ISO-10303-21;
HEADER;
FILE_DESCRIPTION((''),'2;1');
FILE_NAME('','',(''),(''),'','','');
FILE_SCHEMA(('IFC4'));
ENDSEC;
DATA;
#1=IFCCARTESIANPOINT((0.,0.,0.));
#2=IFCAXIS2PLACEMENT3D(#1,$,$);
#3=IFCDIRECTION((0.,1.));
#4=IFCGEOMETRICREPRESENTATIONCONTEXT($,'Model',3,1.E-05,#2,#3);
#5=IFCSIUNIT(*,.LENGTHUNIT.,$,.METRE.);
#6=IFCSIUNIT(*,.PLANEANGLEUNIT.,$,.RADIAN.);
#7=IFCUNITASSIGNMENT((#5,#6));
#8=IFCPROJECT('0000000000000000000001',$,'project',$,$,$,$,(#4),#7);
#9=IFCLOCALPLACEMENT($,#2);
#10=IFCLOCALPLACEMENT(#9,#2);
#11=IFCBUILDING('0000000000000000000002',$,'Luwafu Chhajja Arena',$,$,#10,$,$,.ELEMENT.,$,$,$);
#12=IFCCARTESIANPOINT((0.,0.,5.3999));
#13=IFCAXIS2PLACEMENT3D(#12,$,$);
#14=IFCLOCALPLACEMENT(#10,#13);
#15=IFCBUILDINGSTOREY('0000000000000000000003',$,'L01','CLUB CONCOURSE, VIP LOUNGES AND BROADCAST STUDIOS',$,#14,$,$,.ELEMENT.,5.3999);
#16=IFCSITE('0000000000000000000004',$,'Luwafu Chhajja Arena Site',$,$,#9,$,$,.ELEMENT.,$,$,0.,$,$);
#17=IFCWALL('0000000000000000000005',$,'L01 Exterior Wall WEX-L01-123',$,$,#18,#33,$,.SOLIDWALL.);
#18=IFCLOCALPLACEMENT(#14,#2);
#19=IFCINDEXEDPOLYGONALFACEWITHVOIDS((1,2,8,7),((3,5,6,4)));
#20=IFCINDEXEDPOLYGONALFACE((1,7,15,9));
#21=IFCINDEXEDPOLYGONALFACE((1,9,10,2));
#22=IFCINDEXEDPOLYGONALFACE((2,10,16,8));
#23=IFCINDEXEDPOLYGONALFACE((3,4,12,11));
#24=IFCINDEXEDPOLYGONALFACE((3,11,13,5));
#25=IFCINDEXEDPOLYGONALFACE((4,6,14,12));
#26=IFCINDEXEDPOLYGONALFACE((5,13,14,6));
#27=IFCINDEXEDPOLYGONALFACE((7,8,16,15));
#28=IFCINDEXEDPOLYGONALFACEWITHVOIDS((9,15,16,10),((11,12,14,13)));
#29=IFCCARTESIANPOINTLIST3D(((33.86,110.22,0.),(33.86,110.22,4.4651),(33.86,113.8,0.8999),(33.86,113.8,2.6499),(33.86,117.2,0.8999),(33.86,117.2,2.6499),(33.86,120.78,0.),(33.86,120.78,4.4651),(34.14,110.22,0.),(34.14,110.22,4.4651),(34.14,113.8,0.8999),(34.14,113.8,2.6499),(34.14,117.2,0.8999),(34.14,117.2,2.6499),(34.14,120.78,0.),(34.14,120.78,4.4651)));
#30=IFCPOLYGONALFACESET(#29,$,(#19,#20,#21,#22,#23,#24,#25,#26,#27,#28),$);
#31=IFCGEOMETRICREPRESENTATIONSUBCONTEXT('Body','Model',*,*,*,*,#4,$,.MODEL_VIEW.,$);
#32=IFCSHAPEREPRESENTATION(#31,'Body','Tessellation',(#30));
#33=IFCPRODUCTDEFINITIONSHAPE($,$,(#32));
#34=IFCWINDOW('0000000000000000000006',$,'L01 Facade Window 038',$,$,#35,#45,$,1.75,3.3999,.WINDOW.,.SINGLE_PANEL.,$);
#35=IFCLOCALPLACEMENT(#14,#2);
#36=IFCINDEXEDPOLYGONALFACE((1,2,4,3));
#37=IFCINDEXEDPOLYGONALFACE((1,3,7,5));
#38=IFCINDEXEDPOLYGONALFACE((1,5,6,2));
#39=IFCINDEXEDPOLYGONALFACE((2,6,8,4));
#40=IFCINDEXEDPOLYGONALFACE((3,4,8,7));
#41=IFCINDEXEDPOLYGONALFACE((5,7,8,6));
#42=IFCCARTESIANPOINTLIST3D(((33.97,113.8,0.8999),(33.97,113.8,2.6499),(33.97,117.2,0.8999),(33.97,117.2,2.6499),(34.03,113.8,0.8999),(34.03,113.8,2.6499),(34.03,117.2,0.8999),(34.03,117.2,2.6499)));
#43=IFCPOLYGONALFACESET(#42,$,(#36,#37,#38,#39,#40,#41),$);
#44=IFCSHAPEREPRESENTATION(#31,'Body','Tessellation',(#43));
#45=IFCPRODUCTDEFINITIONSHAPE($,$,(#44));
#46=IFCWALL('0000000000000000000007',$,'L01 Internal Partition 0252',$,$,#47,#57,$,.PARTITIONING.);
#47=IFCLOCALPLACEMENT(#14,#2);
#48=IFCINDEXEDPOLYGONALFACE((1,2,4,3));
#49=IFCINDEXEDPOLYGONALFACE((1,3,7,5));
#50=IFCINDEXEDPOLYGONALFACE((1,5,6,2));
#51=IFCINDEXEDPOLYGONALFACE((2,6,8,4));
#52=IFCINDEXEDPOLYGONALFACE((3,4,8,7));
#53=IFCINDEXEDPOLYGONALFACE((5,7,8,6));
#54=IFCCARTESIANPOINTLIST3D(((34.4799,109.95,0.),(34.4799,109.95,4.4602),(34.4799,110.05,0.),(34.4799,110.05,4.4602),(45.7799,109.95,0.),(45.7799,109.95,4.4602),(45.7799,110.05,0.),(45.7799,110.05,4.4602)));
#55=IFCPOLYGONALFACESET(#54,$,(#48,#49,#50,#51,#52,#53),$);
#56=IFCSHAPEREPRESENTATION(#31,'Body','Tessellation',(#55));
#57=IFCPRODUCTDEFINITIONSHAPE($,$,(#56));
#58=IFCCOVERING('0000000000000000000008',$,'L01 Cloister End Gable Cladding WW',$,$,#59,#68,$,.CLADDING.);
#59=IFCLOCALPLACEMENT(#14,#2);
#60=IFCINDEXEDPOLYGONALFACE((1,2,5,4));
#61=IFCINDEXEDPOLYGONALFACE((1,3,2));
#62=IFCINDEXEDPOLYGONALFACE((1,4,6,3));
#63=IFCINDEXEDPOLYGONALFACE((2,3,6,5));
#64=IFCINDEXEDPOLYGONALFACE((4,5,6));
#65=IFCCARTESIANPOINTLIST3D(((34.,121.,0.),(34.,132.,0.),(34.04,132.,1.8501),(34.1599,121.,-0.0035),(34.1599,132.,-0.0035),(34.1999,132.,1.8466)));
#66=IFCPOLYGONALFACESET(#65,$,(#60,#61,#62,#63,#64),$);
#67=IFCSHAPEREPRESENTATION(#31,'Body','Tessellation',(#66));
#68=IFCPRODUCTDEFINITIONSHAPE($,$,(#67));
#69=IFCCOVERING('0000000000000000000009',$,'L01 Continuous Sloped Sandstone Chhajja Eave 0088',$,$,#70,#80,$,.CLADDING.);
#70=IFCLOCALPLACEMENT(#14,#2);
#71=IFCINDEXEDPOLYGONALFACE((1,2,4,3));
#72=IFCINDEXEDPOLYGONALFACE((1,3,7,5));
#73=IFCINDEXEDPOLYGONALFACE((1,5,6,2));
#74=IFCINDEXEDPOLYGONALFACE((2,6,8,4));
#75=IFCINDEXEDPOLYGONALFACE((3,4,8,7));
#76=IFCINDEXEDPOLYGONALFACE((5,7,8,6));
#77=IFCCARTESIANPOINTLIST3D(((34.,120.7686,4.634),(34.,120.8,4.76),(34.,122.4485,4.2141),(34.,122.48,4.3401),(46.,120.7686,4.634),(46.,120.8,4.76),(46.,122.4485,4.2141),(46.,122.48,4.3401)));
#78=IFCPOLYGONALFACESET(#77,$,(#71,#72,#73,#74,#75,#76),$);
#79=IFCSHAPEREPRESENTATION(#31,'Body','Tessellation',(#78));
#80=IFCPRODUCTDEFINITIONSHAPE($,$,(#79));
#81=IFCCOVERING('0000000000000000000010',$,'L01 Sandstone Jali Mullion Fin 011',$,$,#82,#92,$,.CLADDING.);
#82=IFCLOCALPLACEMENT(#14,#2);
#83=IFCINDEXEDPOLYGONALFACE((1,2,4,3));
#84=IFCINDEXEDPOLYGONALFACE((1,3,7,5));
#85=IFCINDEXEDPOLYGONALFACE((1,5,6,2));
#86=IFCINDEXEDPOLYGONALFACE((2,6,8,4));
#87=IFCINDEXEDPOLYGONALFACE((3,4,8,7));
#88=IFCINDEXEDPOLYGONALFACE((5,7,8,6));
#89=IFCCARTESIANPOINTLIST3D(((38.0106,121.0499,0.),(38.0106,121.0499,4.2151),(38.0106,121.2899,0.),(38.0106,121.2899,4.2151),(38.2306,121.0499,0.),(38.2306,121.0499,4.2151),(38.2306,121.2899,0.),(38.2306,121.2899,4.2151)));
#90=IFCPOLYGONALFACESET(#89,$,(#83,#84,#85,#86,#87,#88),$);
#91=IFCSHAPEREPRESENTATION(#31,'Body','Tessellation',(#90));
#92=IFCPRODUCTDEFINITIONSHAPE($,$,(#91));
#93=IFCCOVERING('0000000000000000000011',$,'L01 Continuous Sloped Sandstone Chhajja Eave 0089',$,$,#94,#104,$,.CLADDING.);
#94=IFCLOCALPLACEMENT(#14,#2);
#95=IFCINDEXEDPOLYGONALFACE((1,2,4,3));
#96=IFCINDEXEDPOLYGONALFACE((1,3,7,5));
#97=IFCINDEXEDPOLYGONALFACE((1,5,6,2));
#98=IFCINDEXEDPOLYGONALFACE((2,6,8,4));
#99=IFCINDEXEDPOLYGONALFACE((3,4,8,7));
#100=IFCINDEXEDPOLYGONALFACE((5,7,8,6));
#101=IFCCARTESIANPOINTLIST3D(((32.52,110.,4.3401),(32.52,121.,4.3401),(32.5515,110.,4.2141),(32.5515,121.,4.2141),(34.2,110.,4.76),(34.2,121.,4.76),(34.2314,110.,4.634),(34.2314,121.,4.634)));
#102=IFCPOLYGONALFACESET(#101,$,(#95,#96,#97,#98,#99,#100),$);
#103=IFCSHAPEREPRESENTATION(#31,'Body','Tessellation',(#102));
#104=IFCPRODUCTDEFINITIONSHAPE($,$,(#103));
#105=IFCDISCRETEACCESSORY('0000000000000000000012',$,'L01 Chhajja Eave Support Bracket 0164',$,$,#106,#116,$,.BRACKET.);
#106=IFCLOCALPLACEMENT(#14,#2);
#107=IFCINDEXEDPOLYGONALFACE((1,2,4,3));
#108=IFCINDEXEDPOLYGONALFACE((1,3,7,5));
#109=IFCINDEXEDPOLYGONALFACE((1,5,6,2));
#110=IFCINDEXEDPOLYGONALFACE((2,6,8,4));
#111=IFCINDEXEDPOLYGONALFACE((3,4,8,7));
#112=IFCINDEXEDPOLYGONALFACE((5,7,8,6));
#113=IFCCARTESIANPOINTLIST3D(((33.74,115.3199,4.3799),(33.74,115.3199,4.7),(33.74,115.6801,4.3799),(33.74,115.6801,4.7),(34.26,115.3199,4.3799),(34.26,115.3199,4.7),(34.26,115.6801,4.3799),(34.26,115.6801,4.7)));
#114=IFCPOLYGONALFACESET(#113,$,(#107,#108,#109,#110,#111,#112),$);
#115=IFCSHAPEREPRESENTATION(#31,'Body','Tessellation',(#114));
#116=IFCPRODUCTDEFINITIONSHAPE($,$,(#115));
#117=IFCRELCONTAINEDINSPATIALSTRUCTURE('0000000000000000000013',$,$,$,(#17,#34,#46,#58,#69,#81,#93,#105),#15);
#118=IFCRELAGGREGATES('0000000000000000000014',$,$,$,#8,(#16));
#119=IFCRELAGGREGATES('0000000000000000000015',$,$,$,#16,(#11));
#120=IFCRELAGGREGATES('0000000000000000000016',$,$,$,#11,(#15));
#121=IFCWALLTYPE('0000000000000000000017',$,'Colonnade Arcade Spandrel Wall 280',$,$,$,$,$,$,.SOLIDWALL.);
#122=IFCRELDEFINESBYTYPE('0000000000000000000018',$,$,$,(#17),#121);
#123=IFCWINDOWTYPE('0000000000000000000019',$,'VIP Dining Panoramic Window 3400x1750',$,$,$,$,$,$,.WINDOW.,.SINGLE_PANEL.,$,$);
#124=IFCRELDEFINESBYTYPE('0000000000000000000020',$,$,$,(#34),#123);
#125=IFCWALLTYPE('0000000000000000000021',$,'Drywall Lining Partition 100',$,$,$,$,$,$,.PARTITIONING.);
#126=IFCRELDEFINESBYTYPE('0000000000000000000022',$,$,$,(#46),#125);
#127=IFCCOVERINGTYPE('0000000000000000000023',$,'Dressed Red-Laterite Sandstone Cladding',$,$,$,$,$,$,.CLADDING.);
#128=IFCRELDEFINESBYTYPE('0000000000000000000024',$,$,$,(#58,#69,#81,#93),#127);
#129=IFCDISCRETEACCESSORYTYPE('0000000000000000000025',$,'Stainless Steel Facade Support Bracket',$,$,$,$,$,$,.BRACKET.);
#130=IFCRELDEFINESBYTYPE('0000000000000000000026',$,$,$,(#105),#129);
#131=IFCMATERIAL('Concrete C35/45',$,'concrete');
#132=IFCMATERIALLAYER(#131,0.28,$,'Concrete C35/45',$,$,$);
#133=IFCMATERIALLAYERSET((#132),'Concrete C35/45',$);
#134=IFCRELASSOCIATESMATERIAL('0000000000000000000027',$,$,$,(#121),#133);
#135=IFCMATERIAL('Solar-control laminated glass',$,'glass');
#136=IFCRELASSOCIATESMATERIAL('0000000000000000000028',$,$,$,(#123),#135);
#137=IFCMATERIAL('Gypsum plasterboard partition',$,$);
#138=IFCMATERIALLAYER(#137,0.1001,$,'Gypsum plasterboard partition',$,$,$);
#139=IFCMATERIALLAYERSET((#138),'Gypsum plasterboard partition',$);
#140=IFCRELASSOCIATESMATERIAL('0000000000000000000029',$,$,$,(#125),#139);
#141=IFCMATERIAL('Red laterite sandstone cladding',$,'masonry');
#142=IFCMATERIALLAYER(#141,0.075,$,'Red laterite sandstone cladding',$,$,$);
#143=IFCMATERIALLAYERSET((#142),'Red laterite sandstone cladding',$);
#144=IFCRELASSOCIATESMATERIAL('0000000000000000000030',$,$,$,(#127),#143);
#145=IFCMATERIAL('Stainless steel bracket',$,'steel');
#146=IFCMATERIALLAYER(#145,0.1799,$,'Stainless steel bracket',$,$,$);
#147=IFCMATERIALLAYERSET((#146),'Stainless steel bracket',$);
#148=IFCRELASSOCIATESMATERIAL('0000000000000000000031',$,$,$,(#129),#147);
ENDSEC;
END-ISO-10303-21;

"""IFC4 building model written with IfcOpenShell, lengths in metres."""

from ifc_helpers import new_model, si_unit, direction, frame, frame_2d, origin, origin_2d, place, context, subcontext, project, spatial, polyline, rectangle, outline, extrude, material, layer, layer_set, type_object, element, fill, save


model = new_model("IFC4")

# Units and contexts
model_context = context("Model", 3, precision=1e-05, world=origin(), true_north=direction((0.0, 1.0)))
body_context = subcontext(model_context, "Body", "Model", "MODEL_VIEW")
ifc_project = project(units=[si_unit("LENGTHUNIT", "METRE"), si_unit("PLANEANGLEUNIT", "RADIAN")], contexts=[model_context])

# Site, building, storey
site_placement = place(None, origin())
site = spatial("IfcSite", under=ifc_project, at=site_placement, Name="Luwafu Chhajja Arena Site", CompositionType="ELEMENT", RefElevation=0.0)
building_placement = place(site_placement, origin())
building = spatial("IfcBuilding", under=site, at=building_placement, Name="Luwafu Chhajja Arena", CompositionType="ELEMENT")
storey_placement = place(building_placement, frame((0.0, 0.0, 5.3999)))
storey = spatial("IfcBuildingStorey", under=building, at=storey_placement, Name="L01", Description="CLUB CONCOURSE, VIP LOUNGES AND BROADCAST STUDIOS", CompositionType="ELEMENT", Elevation=5.3999)

# Shared definitions
ifc_material_1 = material(Name="Concrete C35/45", Category="concrete")

# Shared definitions
ifc_material_2 = material(Name="Solar-control laminated glass", Category="glass")

# Wall, opening, window
ifc_layer_1 = layer(ifc_material_1, 0.28, Name="Concrete C35/45")
ifc_layer_set_1 = layer_set([ifc_layer_1], Name="Concrete C35/45")
wall_type_1 = type_object("IfcWallType", Name="Colonnade Arcade Spandrel Wall 280", PredefinedType="SOLIDWALL", material=ifc_layer_set_1)
wall_1_placement = place(storey_placement, frame((34.0, 110.22, 0.0), z_axis=(0.0, 0.0, 1.0), x_axis=(0.0, 1.0, 0.0)))
wall_1 = element("IfcWall", 1, at=wall_1_placement, inside=storey, type_object=wall_type_1, Name="L01 Exterior Wall WEX-L01-123", PredefinedType="SOLIDWALL", context=body_context, shape_type="SweptSolid", body=[
    extrude(rectangle(XDim=10.5601, YDim=0.28, at=frame_2d((5.28, 0.0))), origin(), (0.0, 0.0, 1.0), 4.4651),
])
opening_placement = place(wall_1_placement, frame((3.5801, 0.0, 0.8999)))
opening = element("IfcOpeningElement", 2, at=opening_placement, cuts=wall_1, PredefinedType="OPENING", context=body_context, shape_type="SweptSolid", body=[
    extrude(rectangle(XDim=3.3999, YDim=1.75, at=frame_2d((1.7, 0.875))), frame((0.0, 0.1499, 0.0), z_axis=(0.0, -1.0, 0.0), x_axis=(1.0, 0.0, 0.0)), (0.0, 0.0, 1.0), 0.3),
])
window_type = type_object("IfcWindowType", Name="VIP Dining Panoramic Window 3400x1750", PartitioningType="SINGLE_PANEL", PredefinedType="WINDOW", material=ifc_material_2)
window_placement = place(opening_placement, origin())
window = element("IfcWindow", 3, at=window_placement, inside=storey, type_object=window_type, Name="L01 Facade Window 038", OverallHeight=1.75, OverallWidth=3.3999, PartitioningType="SINGLE_PANEL", PredefinedType="WINDOW", context=body_context, shape_type="SweptSolid", body=[
    extrude(rectangle(XDim=3.3999, YDim=1.75, at=frame_2d((1.7, 0.875))), frame((0.0, 0.03, 0.0), z_axis=(0.0, -1.0, 0.0), x_axis=(1.0, 0.0, 0.0)), (0.0, 0.0, 1.0), 0.0601),
])
fill(opening, window)

# Wall
ifc_material_3 = material(Name="Gypsum plasterboard partition")
ifc_layer_2 = layer(ifc_material_3, 0.1001, Name="Gypsum plasterboard partition")
ifc_layer_set_2 = layer_set([ifc_layer_2], Name="Gypsum plasterboard partition")
wall_type_2 = type_object("IfcWallType", Name="Drywall Lining Partition 100", PredefinedType="PARTITIONING", material=ifc_layer_set_2)
wall_2_placement = place(storey_placement, frame((34.48, 110.0, 0.0), z_axis=(0.0, 0.0, 1.0), x_axis=(1.0, 0.0, 0.0)))
element("IfcWall", 4, at=wall_2_placement, inside=storey, type_object=wall_type_2, Name="L01 Internal Partition 0252", PredefinedType="PARTITIONING", context=body_context, shape_type="SweptSolid", body=[
    extrude(rectangle(XDim=11.3, YDim=0.1001, at=frame_2d((5.6499, 0.0))), origin(), (0.0, 0.0, 1.0), 4.4602),
])

# Coverings
ifc_material_4 = material(Name="Red laterite sandstone cladding", Category="masonry")
ifc_layer_3 = layer(ifc_material_4, 0.075, Name="Red laterite sandstone cladding")
ifc_layer_set_3 = layer_set([ifc_layer_3], Name="Red laterite sandstone cladding")
covering_type = type_object("IfcCoveringType", Name="Dressed Red-Laterite Sandstone Cladding", PredefinedType="CLADDING", material=ifc_layer_set_3)
covering_1_placement = place(storey_placement, frame((34.0, 121.0, 0.0), z_axis=(-0.999766, 0.0, 0.021637), x_axis=(0.0, 1.0, 0.0)))
element("IfcCovering", 5, at=covering_1_placement, inside=storey, type_object=covering_type, Name="L01 Cloister End Gable Cladding WW", PredefinedType="CLADDING", context=body_context, shape_type="SweptSolid", body=[
    extrude(outline(polyline([(0.0, 0.0), (11.0, 0.0), (11.0, -1.8505), (0.0, 0.0)])), origin(), (0.0, 0.0, -1.0), 0.1599),
])
covering_2_placement = place(storey_placement, frame((34.0, 120.8, 4.76), z_axis=(0.0, 0.242502, 0.970151), x_axis=(1.0, 0.0, 0.0)))
element("IfcCovering", 6, at=covering_2_placement, inside=storey, type_object=covering_type, Name="L01 Continuous Sloped Sandstone Chhajja Eave 0088", PredefinedType="CLADDING", context=body_context, shape_type="SweptSolid", body=[
    extrude(outline(polyline([(0.0, 0.0), (12.0, 0.0), (12.0, 1.7316), (0.0, 1.7316), (0.0, 0.0)])), origin(), (0.0, 0.0, -1.0), 0.1299),
])
covering_3_placement = place(storey_placement, frame((38.1206, 121.1699, 0.0), z_axis=(0.0, 0.0, 1.0), x_axis=(1.0, 0.0, 0.0)))
element("IfcCovering", 7, at=covering_3_placement, inside=storey, type_object=covering_type, Name="L01 Sandstone Jali Mullion Fin 011", PredefinedType="CLADDING", context=body_context, shape_type="SweptSolid", body=[
    extrude(rectangle(XDim=0.22, YDim=0.24, at=origin_2d()), origin(), (0.0, 0.0, 1.0), 4.2151),
])
covering_4_placement = place(storey_placement, frame((34.2, 110.0, 4.76), z_axis=(-0.242502, 0.0, 0.970151), x_axis=(0.0, 1.0, 0.0)))
element("IfcCovering", 8, at=covering_4_placement, inside=storey, type_object=covering_type, Name="L01 Continuous Sloped Sandstone Chhajja Eave 0089", PredefinedType="CLADDING", context=body_context, shape_type="SweptSolid", body=[
    extrude(outline(polyline([(0.0, 0.0), (11.0, 0.0), (11.0, 1.7316), (0.0, 1.7316), (0.0, 0.0)])), origin(), (0.0, 0.0, -1.0), 0.1299),
])

# Discrete accessory
ifc_material_5 = material(Name="Stainless steel bracket", Category="steel")
ifc_layer_4 = layer(ifc_material_5, 0.1799, Name="Stainless steel bracket")
ifc_layer_set_4 = layer_set([ifc_layer_4], Name="Stainless steel bracket")
discrete_accessory_type = type_object("IfcDiscreteAccessoryType", Name="Stainless Steel Facade Support Bracket", PredefinedType="BRACKET", material=ifc_layer_set_4)
discrete_accessory_placement = place(storey_placement, frame((34.0, 115.5, 4.3799), z_axis=(0.0, 0.0, 1.0), x_axis=(0.0, 1.0, 0.0)))
element("IfcDiscreteAccessory", 9, at=discrete_accessory_placement, inside=storey, type_object=discrete_accessory_type, Name="L01 Chhajja Eave Support Bracket 0164", PredefinedType="BRACKET", context=body_context, shape_type="SweptSolid", body=[
    extrude(rectangle(XDim=0.3601, YDim=0.52, at=origin_2d()), origin(), (0.0, 0.0, 1.0), 0.3201),
])

save(model, "model.ifc")
